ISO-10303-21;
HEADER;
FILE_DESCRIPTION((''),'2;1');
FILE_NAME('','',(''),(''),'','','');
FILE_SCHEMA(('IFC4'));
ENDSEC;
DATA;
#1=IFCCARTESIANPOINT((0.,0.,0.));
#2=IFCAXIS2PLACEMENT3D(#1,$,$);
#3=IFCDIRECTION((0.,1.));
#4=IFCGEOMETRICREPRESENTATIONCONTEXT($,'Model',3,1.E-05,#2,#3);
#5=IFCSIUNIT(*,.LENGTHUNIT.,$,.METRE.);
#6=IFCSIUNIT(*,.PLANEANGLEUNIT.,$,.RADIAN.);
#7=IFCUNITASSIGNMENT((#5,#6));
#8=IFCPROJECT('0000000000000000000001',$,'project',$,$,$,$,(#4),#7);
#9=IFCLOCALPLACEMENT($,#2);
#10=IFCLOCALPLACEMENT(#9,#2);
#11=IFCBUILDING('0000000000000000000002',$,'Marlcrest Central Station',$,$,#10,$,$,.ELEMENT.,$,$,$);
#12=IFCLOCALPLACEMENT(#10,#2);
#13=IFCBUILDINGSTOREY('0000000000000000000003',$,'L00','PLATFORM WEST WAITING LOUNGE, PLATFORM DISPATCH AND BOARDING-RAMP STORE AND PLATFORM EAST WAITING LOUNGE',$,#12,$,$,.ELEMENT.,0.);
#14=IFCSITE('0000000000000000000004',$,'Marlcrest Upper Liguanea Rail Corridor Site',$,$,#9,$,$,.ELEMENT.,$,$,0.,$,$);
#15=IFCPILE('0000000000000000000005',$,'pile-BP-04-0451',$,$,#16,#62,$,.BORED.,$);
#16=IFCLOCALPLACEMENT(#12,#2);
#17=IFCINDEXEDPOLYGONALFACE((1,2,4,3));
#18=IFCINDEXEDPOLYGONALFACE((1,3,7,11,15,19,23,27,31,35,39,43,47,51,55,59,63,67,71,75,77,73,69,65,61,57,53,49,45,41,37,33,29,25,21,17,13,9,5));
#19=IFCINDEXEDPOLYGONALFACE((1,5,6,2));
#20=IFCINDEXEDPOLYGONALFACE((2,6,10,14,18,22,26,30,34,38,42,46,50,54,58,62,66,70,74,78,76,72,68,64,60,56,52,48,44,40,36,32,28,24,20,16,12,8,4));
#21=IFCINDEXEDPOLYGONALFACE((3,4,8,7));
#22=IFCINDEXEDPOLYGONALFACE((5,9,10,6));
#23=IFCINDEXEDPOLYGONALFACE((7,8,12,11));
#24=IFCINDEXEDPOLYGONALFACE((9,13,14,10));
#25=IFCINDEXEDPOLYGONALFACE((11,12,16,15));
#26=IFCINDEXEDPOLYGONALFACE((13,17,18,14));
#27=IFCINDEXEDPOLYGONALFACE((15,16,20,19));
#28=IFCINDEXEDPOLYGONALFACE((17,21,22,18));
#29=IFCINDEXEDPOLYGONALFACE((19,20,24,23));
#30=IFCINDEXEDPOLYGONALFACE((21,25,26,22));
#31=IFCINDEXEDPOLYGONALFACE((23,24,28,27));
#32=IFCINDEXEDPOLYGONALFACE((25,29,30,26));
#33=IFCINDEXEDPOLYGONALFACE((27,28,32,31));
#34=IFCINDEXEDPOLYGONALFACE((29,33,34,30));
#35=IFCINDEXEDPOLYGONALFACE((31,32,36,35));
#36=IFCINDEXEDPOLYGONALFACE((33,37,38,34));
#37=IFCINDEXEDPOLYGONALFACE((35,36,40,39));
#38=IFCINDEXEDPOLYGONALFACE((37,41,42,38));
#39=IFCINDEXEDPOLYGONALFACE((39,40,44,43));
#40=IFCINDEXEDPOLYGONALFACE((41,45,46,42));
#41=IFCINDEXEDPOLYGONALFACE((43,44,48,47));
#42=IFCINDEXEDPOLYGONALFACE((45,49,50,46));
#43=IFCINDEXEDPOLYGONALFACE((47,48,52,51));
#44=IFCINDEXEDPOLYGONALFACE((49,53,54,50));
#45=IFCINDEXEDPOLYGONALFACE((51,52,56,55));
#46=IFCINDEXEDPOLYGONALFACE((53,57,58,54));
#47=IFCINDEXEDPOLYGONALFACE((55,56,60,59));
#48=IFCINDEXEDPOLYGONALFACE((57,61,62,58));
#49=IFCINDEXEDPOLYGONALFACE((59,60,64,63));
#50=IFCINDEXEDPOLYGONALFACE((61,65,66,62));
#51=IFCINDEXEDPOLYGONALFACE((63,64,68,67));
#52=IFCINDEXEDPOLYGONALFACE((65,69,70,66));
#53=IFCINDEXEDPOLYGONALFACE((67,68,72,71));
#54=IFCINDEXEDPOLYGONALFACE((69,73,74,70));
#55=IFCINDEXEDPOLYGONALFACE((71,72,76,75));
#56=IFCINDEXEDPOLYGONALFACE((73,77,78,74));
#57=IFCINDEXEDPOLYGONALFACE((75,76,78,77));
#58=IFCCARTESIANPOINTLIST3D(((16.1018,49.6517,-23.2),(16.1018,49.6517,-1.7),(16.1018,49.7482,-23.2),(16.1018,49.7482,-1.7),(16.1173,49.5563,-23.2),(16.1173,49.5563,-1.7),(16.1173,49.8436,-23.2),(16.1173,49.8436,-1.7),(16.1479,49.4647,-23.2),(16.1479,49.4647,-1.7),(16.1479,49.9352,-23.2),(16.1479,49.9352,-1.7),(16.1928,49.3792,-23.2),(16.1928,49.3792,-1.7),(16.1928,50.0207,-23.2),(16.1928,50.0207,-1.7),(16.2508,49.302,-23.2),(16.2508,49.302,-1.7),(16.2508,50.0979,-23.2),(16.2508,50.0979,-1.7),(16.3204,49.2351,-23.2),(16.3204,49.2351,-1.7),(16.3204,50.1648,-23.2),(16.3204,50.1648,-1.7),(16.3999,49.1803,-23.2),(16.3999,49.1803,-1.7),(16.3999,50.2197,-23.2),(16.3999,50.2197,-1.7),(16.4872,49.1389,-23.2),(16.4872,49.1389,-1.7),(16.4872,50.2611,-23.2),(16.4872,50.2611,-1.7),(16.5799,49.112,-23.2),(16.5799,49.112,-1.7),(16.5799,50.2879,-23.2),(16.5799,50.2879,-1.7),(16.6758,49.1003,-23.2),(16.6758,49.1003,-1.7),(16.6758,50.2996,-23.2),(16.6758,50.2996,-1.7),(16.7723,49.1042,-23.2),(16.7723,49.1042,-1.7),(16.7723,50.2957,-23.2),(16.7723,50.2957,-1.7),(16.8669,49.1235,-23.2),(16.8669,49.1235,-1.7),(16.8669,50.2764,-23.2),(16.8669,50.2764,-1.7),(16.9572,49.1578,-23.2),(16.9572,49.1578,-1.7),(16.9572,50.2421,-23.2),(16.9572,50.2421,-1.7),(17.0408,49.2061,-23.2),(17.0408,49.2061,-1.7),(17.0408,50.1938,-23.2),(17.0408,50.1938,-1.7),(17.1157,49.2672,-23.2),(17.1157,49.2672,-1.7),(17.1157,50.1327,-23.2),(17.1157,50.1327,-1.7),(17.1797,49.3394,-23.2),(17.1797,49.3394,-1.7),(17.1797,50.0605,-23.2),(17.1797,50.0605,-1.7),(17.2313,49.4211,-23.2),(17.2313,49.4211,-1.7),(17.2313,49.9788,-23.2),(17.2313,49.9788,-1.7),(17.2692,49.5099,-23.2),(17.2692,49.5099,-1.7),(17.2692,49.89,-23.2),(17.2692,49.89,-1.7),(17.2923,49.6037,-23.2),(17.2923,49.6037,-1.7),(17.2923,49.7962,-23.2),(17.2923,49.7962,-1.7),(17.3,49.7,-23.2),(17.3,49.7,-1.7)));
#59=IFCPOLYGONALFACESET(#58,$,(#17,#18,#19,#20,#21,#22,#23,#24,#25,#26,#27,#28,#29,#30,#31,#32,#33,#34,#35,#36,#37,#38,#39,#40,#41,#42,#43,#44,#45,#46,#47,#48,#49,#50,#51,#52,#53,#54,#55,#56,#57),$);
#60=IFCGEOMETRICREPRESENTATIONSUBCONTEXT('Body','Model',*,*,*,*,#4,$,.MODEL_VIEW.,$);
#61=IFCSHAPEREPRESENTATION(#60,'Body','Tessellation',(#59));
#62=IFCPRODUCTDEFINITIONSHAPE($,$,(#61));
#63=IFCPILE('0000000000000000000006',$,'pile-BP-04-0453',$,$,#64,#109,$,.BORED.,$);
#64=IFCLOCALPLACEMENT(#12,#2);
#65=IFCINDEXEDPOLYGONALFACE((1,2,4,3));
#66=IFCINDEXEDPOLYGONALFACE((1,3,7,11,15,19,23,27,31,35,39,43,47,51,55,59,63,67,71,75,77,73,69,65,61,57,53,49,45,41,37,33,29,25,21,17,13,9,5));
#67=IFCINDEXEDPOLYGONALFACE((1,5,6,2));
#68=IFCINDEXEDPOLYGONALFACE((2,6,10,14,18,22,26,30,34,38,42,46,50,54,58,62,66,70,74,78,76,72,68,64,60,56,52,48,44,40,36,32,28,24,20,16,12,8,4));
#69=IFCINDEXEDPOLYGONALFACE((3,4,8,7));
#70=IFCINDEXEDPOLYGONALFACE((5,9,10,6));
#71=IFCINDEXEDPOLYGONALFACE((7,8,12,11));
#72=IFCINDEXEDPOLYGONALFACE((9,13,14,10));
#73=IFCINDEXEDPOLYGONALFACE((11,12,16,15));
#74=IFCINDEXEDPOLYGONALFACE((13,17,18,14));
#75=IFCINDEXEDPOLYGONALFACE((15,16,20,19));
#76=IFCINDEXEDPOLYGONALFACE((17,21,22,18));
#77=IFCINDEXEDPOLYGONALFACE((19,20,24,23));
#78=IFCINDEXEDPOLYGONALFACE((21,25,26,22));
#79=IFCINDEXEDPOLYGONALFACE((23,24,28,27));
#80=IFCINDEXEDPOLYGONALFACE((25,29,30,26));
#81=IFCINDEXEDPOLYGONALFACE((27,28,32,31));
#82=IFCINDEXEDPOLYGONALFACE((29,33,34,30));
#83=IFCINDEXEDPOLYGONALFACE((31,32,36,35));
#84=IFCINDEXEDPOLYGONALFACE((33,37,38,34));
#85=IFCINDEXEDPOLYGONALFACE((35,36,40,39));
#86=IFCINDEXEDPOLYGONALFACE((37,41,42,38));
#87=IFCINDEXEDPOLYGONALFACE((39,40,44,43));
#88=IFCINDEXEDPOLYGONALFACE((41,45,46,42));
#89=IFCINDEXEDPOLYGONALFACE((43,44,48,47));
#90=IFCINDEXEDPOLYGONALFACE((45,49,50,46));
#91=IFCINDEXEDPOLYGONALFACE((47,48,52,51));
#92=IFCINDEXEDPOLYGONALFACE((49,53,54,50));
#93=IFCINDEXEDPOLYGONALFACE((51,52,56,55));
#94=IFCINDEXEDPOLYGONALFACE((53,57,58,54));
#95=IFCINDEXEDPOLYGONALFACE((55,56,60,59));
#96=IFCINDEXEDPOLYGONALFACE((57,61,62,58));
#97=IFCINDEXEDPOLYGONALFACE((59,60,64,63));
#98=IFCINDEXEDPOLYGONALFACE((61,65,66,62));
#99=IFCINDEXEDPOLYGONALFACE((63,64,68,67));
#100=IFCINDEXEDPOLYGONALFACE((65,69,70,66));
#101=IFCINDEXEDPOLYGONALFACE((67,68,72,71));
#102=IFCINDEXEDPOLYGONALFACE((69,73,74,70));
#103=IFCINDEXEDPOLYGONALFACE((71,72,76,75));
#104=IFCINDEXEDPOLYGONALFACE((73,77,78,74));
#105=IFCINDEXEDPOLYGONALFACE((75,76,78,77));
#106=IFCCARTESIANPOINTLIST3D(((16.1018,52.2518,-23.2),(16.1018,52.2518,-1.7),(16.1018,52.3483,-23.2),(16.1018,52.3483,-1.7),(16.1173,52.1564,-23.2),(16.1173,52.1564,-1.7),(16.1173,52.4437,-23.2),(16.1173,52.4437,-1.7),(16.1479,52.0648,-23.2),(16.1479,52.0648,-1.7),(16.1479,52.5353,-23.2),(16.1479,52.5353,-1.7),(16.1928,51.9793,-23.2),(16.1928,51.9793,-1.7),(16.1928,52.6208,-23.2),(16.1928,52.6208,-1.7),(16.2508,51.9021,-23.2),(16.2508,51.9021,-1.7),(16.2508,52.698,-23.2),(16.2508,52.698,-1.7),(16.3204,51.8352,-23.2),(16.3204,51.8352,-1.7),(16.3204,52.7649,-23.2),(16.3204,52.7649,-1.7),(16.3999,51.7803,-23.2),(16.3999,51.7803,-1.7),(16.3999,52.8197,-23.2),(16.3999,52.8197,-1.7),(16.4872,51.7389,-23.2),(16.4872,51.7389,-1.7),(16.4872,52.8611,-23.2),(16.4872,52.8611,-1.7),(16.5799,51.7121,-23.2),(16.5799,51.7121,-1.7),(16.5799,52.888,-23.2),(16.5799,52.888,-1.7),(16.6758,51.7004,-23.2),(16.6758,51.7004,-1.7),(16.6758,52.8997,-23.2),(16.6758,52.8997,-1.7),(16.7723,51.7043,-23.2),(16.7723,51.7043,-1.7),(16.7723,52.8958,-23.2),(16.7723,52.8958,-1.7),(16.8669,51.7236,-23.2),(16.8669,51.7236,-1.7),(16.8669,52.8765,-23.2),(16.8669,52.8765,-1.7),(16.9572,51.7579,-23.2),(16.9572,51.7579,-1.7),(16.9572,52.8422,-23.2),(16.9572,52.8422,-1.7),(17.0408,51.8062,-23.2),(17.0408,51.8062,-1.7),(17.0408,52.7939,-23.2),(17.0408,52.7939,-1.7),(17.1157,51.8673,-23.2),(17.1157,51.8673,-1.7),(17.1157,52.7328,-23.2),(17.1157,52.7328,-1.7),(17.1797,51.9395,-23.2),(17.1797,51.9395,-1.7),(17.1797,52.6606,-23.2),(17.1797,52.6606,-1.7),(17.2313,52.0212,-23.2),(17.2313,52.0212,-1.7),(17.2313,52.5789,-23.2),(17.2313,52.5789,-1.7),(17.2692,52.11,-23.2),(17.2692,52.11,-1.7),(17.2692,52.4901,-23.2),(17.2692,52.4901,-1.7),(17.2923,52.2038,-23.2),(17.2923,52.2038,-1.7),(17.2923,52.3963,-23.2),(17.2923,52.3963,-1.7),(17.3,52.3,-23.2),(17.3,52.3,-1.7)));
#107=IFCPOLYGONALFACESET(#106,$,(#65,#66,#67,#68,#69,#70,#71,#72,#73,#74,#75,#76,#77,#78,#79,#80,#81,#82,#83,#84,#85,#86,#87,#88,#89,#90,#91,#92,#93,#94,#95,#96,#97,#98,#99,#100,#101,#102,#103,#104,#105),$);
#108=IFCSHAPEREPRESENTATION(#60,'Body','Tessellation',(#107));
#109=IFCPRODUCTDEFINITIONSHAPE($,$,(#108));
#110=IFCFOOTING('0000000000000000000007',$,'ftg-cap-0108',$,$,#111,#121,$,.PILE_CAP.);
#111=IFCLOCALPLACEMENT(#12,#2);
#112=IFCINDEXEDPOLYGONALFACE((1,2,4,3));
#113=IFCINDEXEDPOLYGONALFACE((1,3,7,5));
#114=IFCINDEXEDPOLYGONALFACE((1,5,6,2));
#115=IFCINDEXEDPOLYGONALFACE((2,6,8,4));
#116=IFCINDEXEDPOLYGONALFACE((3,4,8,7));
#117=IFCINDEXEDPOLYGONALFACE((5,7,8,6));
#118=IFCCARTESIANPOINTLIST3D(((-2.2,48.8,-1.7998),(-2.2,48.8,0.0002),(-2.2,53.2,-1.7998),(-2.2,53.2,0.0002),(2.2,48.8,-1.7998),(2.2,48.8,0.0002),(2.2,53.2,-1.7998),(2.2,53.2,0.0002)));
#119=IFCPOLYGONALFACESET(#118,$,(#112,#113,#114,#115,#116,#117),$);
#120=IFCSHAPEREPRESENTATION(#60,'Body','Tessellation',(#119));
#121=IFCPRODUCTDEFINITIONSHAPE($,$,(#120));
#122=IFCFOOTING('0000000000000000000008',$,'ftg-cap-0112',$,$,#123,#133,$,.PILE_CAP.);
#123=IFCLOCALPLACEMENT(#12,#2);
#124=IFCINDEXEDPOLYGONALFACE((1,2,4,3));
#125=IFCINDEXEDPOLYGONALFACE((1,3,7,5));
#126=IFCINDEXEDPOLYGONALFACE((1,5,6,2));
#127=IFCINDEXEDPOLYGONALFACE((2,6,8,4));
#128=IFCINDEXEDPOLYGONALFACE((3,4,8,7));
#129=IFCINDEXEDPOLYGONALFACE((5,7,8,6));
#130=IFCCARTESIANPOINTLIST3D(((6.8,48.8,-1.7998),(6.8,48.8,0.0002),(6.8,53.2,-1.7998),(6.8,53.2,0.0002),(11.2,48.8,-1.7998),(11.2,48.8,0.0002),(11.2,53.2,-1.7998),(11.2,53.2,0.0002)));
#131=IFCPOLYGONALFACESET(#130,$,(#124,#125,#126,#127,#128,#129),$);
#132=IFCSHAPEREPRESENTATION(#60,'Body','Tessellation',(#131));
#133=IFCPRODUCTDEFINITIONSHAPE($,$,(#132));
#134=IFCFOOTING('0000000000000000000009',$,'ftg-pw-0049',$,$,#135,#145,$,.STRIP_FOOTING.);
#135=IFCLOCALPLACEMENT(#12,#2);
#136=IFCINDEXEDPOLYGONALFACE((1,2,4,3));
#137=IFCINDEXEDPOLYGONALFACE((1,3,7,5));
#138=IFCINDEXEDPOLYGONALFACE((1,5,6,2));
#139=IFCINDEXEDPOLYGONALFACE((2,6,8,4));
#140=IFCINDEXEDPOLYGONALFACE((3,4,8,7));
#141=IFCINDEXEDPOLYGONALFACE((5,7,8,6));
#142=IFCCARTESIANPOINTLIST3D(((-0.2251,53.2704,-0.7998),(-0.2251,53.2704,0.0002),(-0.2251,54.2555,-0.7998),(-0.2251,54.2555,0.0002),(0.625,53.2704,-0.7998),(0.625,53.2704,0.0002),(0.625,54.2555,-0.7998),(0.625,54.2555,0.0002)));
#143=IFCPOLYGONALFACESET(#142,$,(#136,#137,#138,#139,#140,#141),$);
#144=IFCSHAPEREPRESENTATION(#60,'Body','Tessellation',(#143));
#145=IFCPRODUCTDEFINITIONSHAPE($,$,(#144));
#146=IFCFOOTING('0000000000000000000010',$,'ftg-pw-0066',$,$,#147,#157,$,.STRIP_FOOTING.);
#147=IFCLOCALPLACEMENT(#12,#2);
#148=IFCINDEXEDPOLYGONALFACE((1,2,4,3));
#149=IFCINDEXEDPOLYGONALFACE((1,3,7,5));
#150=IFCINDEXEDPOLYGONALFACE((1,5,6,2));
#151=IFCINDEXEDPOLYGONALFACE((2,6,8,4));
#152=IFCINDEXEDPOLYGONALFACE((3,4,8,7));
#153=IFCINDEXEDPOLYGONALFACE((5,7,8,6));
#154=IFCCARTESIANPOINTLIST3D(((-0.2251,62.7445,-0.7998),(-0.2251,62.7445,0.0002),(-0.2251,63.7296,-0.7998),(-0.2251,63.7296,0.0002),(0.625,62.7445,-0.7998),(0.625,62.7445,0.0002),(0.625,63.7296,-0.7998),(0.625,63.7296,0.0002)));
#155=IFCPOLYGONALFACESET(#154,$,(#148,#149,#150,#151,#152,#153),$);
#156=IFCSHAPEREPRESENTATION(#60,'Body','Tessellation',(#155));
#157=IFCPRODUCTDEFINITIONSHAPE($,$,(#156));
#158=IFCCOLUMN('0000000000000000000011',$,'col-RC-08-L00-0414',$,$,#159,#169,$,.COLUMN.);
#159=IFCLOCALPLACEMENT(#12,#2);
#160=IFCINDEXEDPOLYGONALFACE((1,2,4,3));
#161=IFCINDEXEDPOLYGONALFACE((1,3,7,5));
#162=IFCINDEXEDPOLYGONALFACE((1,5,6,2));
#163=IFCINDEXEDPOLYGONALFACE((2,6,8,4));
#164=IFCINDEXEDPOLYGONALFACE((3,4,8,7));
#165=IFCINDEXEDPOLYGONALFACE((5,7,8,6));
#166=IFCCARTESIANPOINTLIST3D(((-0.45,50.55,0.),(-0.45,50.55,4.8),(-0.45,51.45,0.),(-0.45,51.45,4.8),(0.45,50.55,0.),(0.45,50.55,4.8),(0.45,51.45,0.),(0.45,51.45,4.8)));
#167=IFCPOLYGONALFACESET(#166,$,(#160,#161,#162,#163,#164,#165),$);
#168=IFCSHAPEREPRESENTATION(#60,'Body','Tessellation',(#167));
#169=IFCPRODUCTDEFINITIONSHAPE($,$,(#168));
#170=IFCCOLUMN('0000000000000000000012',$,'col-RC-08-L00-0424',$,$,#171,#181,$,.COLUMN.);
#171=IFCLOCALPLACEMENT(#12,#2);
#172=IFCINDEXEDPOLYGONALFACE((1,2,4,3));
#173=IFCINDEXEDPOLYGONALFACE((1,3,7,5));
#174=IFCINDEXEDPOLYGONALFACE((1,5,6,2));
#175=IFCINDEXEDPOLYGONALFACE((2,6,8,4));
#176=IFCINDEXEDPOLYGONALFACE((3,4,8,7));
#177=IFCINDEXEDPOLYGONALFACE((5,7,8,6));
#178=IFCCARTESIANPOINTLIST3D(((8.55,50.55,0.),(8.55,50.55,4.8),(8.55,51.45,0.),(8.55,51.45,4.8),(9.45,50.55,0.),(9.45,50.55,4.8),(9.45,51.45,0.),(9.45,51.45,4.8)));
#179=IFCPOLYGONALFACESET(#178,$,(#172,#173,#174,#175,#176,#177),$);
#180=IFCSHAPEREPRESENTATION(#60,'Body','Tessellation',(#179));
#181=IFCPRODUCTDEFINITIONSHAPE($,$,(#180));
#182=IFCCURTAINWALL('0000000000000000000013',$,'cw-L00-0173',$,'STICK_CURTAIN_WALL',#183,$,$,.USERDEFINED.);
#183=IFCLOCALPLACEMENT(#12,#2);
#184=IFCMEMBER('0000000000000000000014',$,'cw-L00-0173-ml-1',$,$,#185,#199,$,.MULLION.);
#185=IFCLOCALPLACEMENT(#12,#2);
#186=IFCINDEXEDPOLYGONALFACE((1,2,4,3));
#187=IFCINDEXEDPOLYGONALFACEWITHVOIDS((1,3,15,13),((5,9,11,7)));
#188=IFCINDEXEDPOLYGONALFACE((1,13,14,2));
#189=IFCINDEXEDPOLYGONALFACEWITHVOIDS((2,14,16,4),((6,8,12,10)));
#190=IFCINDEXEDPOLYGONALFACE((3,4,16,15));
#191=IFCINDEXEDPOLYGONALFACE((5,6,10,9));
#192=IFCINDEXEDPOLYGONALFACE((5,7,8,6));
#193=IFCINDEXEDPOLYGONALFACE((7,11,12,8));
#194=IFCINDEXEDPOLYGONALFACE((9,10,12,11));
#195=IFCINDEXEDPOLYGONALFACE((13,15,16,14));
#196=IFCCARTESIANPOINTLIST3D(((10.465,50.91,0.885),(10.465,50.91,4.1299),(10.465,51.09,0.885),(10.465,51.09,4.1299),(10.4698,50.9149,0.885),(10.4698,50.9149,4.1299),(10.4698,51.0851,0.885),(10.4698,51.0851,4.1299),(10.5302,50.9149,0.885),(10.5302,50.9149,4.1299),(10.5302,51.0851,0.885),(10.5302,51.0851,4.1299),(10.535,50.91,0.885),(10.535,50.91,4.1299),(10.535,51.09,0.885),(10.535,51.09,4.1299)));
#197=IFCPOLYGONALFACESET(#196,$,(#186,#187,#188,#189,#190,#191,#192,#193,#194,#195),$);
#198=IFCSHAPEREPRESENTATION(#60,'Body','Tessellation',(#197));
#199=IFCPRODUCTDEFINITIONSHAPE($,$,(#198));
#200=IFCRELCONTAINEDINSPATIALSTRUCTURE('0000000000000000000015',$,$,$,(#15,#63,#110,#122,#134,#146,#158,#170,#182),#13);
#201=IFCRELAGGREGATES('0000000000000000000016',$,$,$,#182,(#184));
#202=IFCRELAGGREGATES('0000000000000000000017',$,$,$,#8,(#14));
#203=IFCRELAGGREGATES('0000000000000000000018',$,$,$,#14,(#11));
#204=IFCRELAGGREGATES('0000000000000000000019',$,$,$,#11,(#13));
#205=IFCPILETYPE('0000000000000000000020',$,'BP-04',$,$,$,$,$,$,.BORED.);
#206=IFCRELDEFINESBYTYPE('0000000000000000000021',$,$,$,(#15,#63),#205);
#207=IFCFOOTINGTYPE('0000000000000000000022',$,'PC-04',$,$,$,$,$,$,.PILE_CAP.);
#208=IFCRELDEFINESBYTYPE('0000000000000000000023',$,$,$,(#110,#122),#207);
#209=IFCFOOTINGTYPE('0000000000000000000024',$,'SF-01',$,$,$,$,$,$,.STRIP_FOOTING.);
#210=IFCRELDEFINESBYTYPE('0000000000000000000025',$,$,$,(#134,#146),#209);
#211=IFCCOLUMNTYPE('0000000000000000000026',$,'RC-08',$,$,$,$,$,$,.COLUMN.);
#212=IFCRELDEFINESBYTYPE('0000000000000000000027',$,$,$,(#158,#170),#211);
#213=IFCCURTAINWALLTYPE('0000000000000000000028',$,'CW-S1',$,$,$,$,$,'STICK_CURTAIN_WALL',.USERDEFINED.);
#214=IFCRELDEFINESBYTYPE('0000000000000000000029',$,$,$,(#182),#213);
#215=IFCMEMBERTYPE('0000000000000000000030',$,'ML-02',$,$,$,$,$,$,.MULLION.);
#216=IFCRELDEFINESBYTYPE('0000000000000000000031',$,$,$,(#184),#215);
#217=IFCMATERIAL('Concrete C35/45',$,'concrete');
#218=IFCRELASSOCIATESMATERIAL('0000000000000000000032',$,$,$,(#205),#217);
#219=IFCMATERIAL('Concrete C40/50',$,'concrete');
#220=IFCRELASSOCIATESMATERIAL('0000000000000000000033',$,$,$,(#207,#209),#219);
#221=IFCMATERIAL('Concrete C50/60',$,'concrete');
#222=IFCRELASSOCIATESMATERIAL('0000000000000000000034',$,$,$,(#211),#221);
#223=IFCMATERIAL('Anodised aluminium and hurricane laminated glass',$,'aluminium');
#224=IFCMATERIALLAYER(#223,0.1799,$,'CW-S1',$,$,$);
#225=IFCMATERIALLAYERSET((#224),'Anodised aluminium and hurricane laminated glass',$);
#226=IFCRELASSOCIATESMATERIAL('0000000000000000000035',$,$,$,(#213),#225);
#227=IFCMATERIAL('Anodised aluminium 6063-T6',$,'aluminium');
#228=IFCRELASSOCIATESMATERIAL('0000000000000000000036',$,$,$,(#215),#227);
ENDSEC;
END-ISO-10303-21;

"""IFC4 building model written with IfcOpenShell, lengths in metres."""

from ifc_helpers import new_model, si_unit, direction, frame, origin, origin_2d, place, context, subcontext, project, spatial, rectangle, hollow_rectangle, circle, extrude, material, layer, layer_set, material_profile, profile_set, type_object, element, aggregate, save


model = new_model("IFC4")

# Units and contexts
model_context = context("Model", 3, precision=1e-05, world=origin(), true_north=direction((0.0, 1.0)))
body_context = subcontext(model_context, "Body", "Model", "MODEL_VIEW")
ifc_project = project(units=[si_unit("LENGTHUNIT", "METRE"), si_unit("PLANEANGLEUNIT", "RADIAN")], contexts=[model_context])

# Site, building, storey
site_placement = place(None, origin())
site = spatial("IfcSite", under=ifc_project, at=site_placement, Name="Marlcrest Upper Liguanea Rail Corridor Site", CompositionType="ELEMENT", RefElevation=0.0)
building_placement = place(site_placement, origin())
building = spatial("IfcBuilding", under=site, at=building_placement, Name="Marlcrest Central Station", CompositionType="ELEMENT")
storey_placement = place(building_placement, origin())
storey = spatial("IfcBuildingStorey", under=building, at=storey_placement, Name="L00", Description="PLATFORM WEST WAITING LOUNGE, PLATFORM DISPATCH AND BOARDING-RAMP STORE AND PLATFORM EAST WAITING LOUNGE", CompositionType="ELEMENT", Elevation=0.0)

# Piles
ifc_material_1 = material(Name="Concrete C35/45", Category="concrete")
ifc_material_profile_1 = material_profile(ifc_material_1, circle(Radius=0.6001, at=origin_2d()), Name="PILE D1200")
ifc_profile_set_1 = profile_set([ifc_material_profile_1], Name="Concrete C35/45")
pile_type = type_object("IfcPileType", Name="BP-04", PredefinedType="BORED", material=ifc_profile_set_1)
for number, where, z_axis, x_axis, name in (
    (1, (16.7, 49.7, -1.7), (0.0, 0.0, -1.0), (1.0, 0.0, 0.0), "pile-BP-04-0451"),
    (2, (16.7, 52.3, -1.7), (0.0, 0.0, -1.0), (1.0, 0.0, 0.0), "pile-BP-04-0453"),
):
    element("IfcPile", number, at=place(storey_placement, frame(where, z_axis=z_axis, x_axis=x_axis)), inside=storey, type_object=pile_type, Name=name, PredefinedType="BORED", context=body_context, shape_type="SweptSolid", body=[
        extrude(circle(Radius=0.6001, at=origin_2d()), origin(), (0.0, 0.0, 1.0), 21.5),
    ])

# Footings
ifc_material_2 = material(Name="Concrete C40/50", Category="concrete")
footing_type_1 = type_object("IfcFootingType", Name="PC-04", PredefinedType="PILE_CAP", material=ifc_material_2)
for number, where, z_axis, x_axis, name in (
    (3, (0.0, 51.0, -1.7998), (0.0, 0.0, 1.0), (1.0, 0.0, 0.0), "ftg-cap-0108"),
    (4, (9.0, 51.0, -1.7998), (0.0, 0.0, 1.0), (1.0, 0.0, 0.0), "ftg-cap-0112"),
):
    element("IfcFooting", number, at=place(storey_placement, frame(where, z_axis=z_axis, x_axis=x_axis)), inside=storey, type_object=footing_type_1, Name=name, PredefinedType="PILE_CAP", context=body_context, shape_type="SweptSolid", body=[
        extrude(rectangle(XDim=4.3999, YDim=4.3999, at=origin_2d()), origin(), (0.0, 0.0, 1.0), 1.8),
    ])
footing_type_2 = type_object("IfcFootingType", Name="SF-01", PredefinedType="STRIP_FOOTING", material=ifc_material_2)
for number, where, z_axis, x_axis, name in (
    (5, (0.2, 53.7629, -0.7998), (0.0, 0.0, 1.0), (1.0, 0.0, 0.0), "ftg-pw-0049"),
    (6, (0.2, 63.2371, -0.7998), (0.0, 0.0, 1.0), (1.0, 0.0, 0.0), "ftg-pw-0066"),
):
    element("IfcFooting", number, at=place(storey_placement, frame(where, z_axis=z_axis, x_axis=x_axis)), inside=storey, type_object=footing_type_2, Name=name, PredefinedType="STRIP_FOOTING", context=body_context, shape_type="SweptSolid", body=[
        extrude(rectangle(XDim=0.8501, YDim=0.9851, at=origin_2d()), origin(), (0.0, 0.0, 1.0), 0.8),
    ])

# Columns
ifc_material_3 = material(Name="Concrete C50/60", Category="concrete")
ifc_material_profile_2 = material_profile(ifc_material_3, rectangle(XDim=0.8999, YDim=0.8999, at=origin_2d()), Name="RC 900x900")
ifc_profile_set_2 = profile_set([ifc_material_profile_2], Name="Concrete C50/60")
column_type = type_object("IfcColumnType", Name="RC-08", PredefinedType="COLUMN", material=ifc_profile_set_2)
for number, where, z_axis, x_axis, name in (
    (7, (0.0, 51.0, 0.0), (0.0, 0.0, 1.0), (1.0, 0.0, 0.0), "col-RC-08-L00-0414"),
    (8, (9.0, 51.0, 0.0), (0.0, 0.0, 1.0), (1.0, 0.0, 0.0), "col-RC-08-L00-0424"),
):
    element("IfcColumn", number, at=place(storey_placement, frame(where, z_axis=z_axis, x_axis=x_axis)), inside=storey, type_object=column_type, Name=name, PredefinedType="COLUMN", context=body_context, shape_type="SweptSolid", body=[
        extrude(rectangle(XDim=0.8999, YDim=0.8999, at=origin_2d()), origin(), (0.0, 0.0, 1.0), 4.8),
    ])

# Curtain wall, member
ifc_material_4 = material(Name="Anodised aluminium and hurricane laminated glass", Category="aluminium")
ifc_layer_1 = layer(ifc_material_4, 0.1799, Name="CW-S1")
ifc_layer_set_1 = layer_set([ifc_layer_1], Name="Anodised aluminium and hurricane laminated glass")
curtain_wall_type = type_object("IfcCurtainWallType", Name="CW-S1", ElementType="STICK_CURTAIN_WALL", PredefinedType="USERDEFINED", material=ifc_layer_set_1)
curtain_wall_placement = place(storey_placement, origin())
curtain_wall = element("IfcCurtainWall", 9, at=curtain_wall_placement, inside=storey, type_object=curtain_wall_type, Name="cw-L00-0173", ObjectType="STICK_CURTAIN_WALL", PredefinedType="USERDEFINED")
ifc_material_5 = material(Name="Anodised aluminium 6063-T6", Category="aluminium")
ifc_material_profile_3 = material_profile(ifc_material_5, hollow_rectangle(XDim=0.0701, YDim=0.1799, WallThickness=0.0049, at=origin_2d()), Name="AA-RHS 180x70x5")
ifc_profile_set_3 = profile_set([ifc_material_profile_3], Name="Anodised aluminium 6063-T6")
member_type_1 = type_object("IfcMemberType", Name="ML-02", PredefinedType="MULLION", material=ifc_profile_set_3)
member_1_placement = place(storey_placement, frame((10.5, 51.0, 0.885), z_axis=(0.0, 0.0, 1.0), x_axis=(1.0, 0.0, 0.0)))
member_1 = element("IfcMember", 10, at=member_1_placement, type_object=member_type_1, Name="cw-L00-0173-ml-1", PredefinedType="MULLION", context=body_context, shape_type="SweptSolid", body=[
    extrude(hollow_rectangle(XDim=0.0701, YDim=0.1799, WallThickness=0.0049, at=origin_2d()), origin(), (0.0, 0.0, 1.0), 3.2449),
])
aggregate(curtain_wall, [member_1])

save(model, "model.ifc")
